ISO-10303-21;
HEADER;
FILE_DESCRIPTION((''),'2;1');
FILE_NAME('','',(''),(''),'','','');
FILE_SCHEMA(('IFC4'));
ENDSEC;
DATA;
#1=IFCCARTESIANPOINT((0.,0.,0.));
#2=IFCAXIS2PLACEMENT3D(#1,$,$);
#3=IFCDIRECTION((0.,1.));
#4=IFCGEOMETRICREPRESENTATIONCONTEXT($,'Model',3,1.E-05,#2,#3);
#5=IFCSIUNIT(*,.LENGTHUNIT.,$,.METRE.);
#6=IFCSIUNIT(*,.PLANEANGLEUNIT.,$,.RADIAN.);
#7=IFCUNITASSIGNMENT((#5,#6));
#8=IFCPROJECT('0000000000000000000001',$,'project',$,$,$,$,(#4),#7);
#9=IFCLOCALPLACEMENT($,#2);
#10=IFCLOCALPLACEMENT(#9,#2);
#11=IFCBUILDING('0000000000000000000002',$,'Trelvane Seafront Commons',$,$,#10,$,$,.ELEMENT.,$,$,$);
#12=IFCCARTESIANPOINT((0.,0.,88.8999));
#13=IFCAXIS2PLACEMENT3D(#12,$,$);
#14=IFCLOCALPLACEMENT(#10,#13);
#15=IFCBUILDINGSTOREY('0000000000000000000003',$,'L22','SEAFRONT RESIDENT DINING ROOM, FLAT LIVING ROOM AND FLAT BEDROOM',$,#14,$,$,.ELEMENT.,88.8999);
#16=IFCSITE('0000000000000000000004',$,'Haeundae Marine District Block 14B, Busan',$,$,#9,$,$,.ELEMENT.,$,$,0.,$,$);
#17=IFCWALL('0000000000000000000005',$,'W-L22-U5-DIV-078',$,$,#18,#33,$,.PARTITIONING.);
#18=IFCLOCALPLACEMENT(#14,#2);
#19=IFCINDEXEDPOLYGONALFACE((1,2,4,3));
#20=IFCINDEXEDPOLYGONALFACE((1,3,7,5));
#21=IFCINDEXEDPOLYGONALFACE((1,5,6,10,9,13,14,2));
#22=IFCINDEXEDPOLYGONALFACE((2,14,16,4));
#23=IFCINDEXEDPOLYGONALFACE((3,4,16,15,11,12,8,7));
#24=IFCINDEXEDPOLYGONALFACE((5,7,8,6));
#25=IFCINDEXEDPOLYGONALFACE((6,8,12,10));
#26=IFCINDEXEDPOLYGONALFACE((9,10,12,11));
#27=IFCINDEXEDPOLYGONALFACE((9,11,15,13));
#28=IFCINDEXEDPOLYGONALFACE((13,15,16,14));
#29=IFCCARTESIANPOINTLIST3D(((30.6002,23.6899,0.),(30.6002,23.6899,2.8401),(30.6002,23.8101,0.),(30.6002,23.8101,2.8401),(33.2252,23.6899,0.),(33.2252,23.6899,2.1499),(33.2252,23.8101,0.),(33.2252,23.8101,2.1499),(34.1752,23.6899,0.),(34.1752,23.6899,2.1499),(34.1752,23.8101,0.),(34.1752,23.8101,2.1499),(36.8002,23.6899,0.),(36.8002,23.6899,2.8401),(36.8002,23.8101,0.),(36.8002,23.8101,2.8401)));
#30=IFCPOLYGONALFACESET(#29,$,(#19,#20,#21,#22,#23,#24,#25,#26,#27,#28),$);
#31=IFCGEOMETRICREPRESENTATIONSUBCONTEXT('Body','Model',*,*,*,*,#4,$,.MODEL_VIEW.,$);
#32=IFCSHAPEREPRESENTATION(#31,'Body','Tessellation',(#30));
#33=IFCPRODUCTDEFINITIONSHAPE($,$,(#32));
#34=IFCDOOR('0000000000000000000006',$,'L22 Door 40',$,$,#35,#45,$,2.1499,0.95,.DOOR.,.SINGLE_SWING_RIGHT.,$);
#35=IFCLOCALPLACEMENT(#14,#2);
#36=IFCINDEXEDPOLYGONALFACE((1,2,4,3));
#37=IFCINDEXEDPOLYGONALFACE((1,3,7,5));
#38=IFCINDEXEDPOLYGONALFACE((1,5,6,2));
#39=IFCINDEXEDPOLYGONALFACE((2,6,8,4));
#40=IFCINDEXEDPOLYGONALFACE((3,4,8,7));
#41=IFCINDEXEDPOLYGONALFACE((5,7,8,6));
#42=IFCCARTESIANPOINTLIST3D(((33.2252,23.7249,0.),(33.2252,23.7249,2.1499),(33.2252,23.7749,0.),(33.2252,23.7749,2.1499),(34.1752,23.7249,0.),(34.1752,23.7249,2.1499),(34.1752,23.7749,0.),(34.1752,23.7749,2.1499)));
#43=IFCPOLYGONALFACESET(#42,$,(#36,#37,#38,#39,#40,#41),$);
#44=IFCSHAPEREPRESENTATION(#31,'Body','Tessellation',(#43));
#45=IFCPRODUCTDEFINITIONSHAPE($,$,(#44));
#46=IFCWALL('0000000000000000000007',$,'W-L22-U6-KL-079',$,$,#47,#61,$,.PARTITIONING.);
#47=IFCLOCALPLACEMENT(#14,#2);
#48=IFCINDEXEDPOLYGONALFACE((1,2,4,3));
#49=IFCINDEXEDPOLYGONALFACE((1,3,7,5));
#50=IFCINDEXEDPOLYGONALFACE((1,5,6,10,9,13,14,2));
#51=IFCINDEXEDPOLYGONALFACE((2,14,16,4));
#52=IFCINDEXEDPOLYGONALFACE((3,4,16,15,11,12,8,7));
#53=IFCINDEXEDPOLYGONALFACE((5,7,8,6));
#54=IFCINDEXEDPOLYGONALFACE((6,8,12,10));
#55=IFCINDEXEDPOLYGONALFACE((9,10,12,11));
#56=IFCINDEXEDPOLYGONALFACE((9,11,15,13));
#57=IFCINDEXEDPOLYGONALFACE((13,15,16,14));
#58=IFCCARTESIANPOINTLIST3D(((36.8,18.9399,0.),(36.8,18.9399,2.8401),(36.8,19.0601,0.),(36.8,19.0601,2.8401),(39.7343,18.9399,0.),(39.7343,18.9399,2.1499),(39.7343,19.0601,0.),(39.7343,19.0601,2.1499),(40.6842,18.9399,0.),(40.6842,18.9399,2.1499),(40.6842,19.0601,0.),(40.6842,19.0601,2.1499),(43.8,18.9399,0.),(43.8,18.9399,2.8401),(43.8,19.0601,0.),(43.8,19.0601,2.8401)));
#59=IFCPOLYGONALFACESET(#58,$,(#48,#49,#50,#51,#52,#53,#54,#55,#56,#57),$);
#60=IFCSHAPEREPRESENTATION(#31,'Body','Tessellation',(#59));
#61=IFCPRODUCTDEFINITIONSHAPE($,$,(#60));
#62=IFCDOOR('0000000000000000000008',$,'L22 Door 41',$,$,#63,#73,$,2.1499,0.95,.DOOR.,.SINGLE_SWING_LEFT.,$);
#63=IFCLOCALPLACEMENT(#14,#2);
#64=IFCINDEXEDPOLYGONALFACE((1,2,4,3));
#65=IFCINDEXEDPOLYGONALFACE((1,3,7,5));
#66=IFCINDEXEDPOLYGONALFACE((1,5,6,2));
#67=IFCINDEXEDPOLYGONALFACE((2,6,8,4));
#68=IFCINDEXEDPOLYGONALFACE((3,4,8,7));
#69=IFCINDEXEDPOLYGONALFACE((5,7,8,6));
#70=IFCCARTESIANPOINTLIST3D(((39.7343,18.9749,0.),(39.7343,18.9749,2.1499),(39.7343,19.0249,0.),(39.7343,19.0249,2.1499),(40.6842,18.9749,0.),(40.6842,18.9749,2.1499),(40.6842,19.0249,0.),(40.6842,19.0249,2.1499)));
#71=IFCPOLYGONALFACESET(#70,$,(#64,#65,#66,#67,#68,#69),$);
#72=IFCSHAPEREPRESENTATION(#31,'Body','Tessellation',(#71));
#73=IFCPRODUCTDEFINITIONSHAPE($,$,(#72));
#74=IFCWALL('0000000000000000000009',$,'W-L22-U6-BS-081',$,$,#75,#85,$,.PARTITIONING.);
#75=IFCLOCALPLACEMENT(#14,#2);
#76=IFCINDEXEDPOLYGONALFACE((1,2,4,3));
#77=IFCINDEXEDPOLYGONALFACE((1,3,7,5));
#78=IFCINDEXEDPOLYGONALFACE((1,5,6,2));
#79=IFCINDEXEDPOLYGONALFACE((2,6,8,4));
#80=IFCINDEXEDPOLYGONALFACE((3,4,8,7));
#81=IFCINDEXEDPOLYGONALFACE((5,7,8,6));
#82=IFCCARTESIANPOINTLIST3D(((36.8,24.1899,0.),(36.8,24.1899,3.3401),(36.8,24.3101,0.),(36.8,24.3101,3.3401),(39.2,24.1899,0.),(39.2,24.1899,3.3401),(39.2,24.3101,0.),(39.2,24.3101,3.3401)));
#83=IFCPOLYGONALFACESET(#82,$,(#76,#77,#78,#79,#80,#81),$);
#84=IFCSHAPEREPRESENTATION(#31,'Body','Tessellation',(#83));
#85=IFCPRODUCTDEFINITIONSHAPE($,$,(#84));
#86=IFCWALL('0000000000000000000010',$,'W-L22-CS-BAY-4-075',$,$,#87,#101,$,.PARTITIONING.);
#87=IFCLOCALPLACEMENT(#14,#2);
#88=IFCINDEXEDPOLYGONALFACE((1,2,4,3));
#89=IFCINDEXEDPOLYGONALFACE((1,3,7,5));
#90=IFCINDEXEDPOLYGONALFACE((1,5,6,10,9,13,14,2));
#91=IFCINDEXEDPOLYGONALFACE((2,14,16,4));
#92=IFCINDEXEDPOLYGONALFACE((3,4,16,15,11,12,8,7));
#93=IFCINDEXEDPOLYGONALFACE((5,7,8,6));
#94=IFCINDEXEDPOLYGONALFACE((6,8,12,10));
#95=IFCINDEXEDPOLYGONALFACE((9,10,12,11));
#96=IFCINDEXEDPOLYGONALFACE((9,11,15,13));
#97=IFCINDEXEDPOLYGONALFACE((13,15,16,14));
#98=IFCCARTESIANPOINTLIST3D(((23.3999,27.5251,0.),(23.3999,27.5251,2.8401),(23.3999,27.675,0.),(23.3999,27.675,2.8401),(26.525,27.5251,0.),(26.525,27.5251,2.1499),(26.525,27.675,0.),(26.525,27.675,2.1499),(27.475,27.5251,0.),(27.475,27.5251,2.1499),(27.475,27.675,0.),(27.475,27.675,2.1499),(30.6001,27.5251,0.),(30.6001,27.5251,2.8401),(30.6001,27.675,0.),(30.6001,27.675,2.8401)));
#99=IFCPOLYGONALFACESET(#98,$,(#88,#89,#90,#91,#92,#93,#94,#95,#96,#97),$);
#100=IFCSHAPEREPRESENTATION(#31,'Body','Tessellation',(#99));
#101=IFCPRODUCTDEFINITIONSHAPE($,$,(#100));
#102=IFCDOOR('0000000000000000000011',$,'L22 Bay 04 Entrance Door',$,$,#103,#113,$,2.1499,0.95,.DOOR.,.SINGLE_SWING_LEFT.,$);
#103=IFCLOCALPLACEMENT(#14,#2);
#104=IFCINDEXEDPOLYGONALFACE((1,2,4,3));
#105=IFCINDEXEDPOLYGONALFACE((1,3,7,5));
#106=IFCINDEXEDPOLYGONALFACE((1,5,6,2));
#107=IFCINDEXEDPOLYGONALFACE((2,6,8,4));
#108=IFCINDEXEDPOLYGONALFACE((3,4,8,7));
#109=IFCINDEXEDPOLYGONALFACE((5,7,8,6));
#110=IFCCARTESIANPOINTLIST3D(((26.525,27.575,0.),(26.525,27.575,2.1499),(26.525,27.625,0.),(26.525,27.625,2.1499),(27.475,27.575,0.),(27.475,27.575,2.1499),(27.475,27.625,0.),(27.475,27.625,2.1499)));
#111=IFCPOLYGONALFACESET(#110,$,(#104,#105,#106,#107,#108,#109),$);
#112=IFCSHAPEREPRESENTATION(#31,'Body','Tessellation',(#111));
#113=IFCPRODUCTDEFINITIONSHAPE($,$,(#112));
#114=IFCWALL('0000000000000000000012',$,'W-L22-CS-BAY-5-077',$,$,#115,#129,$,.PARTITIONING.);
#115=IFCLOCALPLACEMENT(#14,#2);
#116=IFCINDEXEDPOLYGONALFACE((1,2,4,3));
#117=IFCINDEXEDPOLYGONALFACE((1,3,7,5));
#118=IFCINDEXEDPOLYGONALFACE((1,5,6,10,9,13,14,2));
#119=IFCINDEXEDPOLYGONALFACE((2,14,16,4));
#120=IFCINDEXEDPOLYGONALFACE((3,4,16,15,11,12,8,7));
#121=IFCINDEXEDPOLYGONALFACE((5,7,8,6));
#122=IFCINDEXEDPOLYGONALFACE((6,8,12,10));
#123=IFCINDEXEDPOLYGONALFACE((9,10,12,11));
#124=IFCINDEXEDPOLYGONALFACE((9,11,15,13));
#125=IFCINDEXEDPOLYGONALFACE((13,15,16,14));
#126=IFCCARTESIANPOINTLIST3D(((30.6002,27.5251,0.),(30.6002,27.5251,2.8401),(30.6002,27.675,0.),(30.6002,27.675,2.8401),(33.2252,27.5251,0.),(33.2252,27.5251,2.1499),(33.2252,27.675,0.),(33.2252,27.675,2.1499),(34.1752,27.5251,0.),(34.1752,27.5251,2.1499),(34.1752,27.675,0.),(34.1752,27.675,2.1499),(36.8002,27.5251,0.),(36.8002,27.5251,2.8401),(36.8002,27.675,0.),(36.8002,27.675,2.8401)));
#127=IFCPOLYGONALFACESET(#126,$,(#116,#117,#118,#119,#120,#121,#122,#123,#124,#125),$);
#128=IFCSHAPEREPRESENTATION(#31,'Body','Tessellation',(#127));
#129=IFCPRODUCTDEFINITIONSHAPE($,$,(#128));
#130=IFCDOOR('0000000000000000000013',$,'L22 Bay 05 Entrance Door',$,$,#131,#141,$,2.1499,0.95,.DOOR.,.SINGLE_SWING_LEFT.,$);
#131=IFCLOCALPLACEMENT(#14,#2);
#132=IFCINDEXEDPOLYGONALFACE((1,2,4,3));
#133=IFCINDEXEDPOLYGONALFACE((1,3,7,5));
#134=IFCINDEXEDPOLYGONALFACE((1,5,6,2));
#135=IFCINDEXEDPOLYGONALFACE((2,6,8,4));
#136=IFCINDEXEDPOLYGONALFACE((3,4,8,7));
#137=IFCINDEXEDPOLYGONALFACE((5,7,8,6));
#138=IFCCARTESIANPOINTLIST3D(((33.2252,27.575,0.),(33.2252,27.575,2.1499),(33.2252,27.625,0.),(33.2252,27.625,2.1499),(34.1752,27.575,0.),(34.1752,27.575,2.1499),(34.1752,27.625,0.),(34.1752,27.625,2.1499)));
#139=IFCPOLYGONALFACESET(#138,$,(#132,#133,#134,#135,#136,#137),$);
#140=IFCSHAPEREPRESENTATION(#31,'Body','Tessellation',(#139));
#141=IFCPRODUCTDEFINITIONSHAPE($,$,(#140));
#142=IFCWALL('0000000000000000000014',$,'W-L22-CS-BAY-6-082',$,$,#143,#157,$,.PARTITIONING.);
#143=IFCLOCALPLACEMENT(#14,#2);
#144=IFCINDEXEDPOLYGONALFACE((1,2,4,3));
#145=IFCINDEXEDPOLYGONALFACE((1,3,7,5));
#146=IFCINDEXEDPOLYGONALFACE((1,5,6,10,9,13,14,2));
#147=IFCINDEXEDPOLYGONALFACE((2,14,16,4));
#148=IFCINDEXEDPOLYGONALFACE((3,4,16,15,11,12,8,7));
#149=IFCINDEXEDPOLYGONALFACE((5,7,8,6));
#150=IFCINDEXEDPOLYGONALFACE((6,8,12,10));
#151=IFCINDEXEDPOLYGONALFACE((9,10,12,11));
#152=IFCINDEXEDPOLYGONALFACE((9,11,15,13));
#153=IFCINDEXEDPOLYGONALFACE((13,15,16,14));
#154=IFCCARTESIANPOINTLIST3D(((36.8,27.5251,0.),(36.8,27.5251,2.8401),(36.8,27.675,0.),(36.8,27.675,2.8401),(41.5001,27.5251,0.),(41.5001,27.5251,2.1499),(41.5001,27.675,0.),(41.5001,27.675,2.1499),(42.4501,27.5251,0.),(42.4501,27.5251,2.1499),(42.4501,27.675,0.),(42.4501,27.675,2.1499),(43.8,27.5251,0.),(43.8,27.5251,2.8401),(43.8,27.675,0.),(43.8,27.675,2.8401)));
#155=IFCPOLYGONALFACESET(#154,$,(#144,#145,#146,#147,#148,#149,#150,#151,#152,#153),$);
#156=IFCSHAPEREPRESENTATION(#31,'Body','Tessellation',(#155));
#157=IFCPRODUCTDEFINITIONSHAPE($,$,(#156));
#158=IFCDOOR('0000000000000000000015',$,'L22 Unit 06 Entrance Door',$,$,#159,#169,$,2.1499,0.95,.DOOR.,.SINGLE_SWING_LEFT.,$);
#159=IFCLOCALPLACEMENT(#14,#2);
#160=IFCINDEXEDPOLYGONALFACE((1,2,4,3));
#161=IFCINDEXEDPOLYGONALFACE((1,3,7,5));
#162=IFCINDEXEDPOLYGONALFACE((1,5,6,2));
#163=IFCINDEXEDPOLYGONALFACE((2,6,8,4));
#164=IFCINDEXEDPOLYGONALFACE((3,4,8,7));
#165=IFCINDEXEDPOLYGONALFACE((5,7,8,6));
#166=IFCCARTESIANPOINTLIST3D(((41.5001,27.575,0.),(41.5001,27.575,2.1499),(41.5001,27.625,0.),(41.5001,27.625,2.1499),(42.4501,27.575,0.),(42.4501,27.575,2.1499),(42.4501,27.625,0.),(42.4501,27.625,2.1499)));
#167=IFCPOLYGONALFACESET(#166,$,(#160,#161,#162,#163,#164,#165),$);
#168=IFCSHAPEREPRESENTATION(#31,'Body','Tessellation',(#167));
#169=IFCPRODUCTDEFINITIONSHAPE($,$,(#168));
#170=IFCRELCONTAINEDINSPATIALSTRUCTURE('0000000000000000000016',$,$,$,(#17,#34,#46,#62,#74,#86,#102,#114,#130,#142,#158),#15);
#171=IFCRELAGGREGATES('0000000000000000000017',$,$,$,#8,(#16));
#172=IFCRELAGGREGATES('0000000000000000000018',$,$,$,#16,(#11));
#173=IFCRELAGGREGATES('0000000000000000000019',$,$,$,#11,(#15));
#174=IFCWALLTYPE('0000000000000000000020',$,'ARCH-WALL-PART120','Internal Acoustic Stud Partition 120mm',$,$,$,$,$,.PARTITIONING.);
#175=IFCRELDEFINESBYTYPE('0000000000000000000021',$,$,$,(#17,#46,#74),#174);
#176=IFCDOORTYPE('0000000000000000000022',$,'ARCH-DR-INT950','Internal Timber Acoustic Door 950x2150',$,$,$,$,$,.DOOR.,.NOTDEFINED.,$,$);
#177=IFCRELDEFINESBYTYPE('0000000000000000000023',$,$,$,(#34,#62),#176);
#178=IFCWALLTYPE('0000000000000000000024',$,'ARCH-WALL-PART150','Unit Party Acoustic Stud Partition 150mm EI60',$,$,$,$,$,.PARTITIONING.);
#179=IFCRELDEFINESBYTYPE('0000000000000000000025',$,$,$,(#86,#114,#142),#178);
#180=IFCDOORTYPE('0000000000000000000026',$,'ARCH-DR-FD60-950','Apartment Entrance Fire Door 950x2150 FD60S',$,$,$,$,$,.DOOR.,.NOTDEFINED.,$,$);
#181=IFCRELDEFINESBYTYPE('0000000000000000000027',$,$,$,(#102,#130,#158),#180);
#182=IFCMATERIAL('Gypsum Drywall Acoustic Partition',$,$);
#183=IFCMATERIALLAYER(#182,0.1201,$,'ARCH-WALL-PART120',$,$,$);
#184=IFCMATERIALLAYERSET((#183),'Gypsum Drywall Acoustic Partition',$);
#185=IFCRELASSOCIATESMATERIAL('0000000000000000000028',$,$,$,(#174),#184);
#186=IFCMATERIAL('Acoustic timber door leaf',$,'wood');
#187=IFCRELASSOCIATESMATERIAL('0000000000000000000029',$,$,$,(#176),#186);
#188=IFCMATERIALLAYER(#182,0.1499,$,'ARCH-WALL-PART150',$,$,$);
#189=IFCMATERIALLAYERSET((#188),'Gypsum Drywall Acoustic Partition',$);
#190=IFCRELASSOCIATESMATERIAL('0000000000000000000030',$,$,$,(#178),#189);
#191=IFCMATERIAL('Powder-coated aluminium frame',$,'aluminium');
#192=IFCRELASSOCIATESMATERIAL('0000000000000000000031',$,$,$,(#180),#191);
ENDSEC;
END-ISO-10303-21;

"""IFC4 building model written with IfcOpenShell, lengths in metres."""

from ifc_helpers import new_model, si_unit, direction, frame, frame_2d, origin, place, context, subcontext, project, spatial, rectangle, extrude, source, transform, mapped, material, layer, layer_set, type_object, element, fill, save


model = new_model("IFC4")

# Units and contexts
model_context = context("Model", 3, precision=1e-05, world=origin(), true_north=direction((0.0, 1.0)))
body_context = subcontext(model_context, "Body", "Model", "MODEL_VIEW")
ifc_project = project(units=[si_unit("LENGTHUNIT", "METRE"), si_unit("PLANEANGLEUNIT", "RADIAN")], contexts=[model_context])

# Site, building, storey
site_placement = place(None, origin())
site = spatial("IfcSite", under=ifc_project, at=site_placement, Name="Haeundae Marine District Block 14B, Busan", CompositionType="ELEMENT", RefElevation=0.0)
building_placement = place(site_placement, origin())
building = spatial("IfcBuilding", under=site, at=building_placement, Name="Trelvane Seafront Commons", CompositionType="ELEMENT")
storey_placement = place(building_placement, frame((0.0, 0.0, 88.8999)))
storey = spatial("IfcBuildingStorey", under=building, at=storey_placement, Name="L22", Description="SEAFRONT RESIDENT DINING ROOM, FLAT LIVING ROOM AND FLAT BEDROOM", CompositionType="ELEMENT", Elevation=88.8999)

# Shared definitions
ifc_material_1 = material(Name="Gypsum Drywall Acoustic Partition")
ifc_layer_1 = layer(ifc_material_1, 0.1201, Name="ARCH-WALL-PART120")
ifc_layer_set_1 = layer_set([ifc_layer_1], Name="Gypsum Drywall Acoustic Partition")
wall_type_1 = type_object("IfcWallType", Name="ARCH-WALL-PART120", Description="Internal Acoustic Stud Partition 120mm", PredefinedType="PARTITIONING", material=ifc_layer_set_1)

# Walls, openings, doors
ifc_material_2 = material(Name="Acoustic timber door leaf", Category="wood")
door_type_1 = type_object("IfcDoorType", Name="ARCH-DR-INT950", Description="Internal Timber Acoustic Door 950x2150", OperationType="NOTDEFINED", PredefinedType="DOOR", material=ifc_material_2)
shared_shape_1 = source(origin(), body_context, "Body", "SweptSolid", [
    extrude(rectangle(XDim=0.95, YDim=2.1499, at=frame_2d((0.4751, 1.075))), frame((0.0, 0.0249, 0.0), z_axis=(0.0, -1.0, 0.0), x_axis=(1.0, 0.0, 0.0)), (0.0, 0.0, 1.0), 0.05),
])
wall_1_placement = place(storey_placement, frame((30.6001, 23.75, 0.0), z_axis=(0.0, 0.0, 1.0), x_axis=(1.0, 0.0, 0.0)))
wall_1 = element("IfcWall", 1, at=wall_1_placement, inside=storey, type_object=wall_type_1, Name="W-L22-U5-DIV-078", PredefinedType="PARTITIONING", context=body_context, shape_type="SweptSolid", body=[
    extrude(rectangle(XDim=6.2, YDim=0.1201, at=frame_2d((3.1001, 0.0))), origin(), (0.0, 0.0, 1.0), 2.8401),
])
opening_1_placement = place(wall_1_placement, frame((2.625, 0.0, 0.0)))
opening_1 = element("IfcOpeningElement", 2, at=opening_1_placement, cuts=wall_1, PredefinedType="OPENING", context=body_context, shape_type="SweptSolid", body=[
    extrude(rectangle(XDim=0.95, YDim=2.1499, at=frame_2d((0.4751, 1.075))), frame((0.0, 0.0701, 0.0), z_axis=(0.0, -1.0, 0.0), x_axis=(1.0, 0.0, 0.0)), (0.0, 0.0, 1.0), 0.1401),
])
door_1_placement = place(opening_1_placement, origin())
door_1 = element("IfcDoor", 3, at=door_1_placement, inside=storey, type_object=door_type_1, Name="L22 Door 40", OperationType="SINGLE_SWING_RIGHT", OverallHeight=2.1499, OverallWidth=0.95, PredefinedType="DOOR", context=body_context, shape_type="MappedRepresentation", body=[
    mapped(shared_shape_1, transform((0.0, 0.0, 0.0), x_axis=(1.0, 0.0, 0.0), y_axis=(0.0, 1.0, 0.0), z_axis=(0.0, 0.0, 1.0), scale=1.0)),
])
fill(opening_1, door_1)
wall_2_placement = place(storey_placement, frame((36.8, 19.0, 0.0), z_axis=(0.0, 0.0, 1.0), x_axis=(1.0, 0.0, 0.0)))
wall_2 = element("IfcWall", 4, at=wall_2_placement, inside=storey, type_object=wall_type_1, Name="W-L22-U6-KL-079", PredefinedType="PARTITIONING", context=body_context, shape_type="SweptSolid", body=[
    extrude(rectangle(XDim=7.0, YDim=0.1201, at=frame_2d((3.5, 0.0))), origin(), (0.0, 0.0, 1.0), 2.8401),
])
opening_2_placement = place(wall_2_placement, frame((2.9341, 0.0, 0.0)))
opening_2 = element("IfcOpeningElement", 5, at=opening_2_placement, cuts=wall_2, PredefinedType="OPENING", context=body_context, shape_type="SweptSolid", body=[
    extrude(rectangle(XDim=0.95, YDim=2.1499, at=frame_2d((0.4751, 1.075))), frame((0.0, 0.0701, 0.0), z_axis=(0.0, -1.0, 0.0), x_axis=(1.0, 0.0, 0.0)), (0.0, 0.0, 1.0), 0.1401),
])
door_2_placement = place(opening_2_placement, origin())
door_2 = element("IfcDoor", 6, at=door_2_placement, inside=storey, type_object=door_type_1, Name="L22 Door 41", OperationType="SINGLE_SWING_LEFT", OverallHeight=2.1499, OverallWidth=0.95, PredefinedType="DOOR", context=body_context, shape_type="MappedRepresentation", body=[
    mapped(shared_shape_1, transform((0.0, 0.0, 0.0), x_axis=(1.0, 0.0, 0.0), y_axis=(0.0, 1.0, 0.0), z_axis=(0.0, 0.0, 1.0), scale=1.0)),
])
fill(opening_2, door_2)

# Wall
wall_3_placement = place(storey_placement, frame((36.8, 24.25, 0.0), z_axis=(0.0, 0.0, 1.0), x_axis=(1.0, 0.0, 0.0)))
element("IfcWall", 7, at=wall_3_placement, inside=storey, type_object=wall_type_1, Name="W-L22-U6-BS-081", PredefinedType="PARTITIONING", context=body_context, shape_type="SweptSolid", body=[
    extrude(rectangle(XDim=2.3999, YDim=0.1201, at=frame_2d((1.2, 0.0))), origin(), (0.0, 0.0, 1.0), 3.3401),
])

# Walls, openings, doors
ifc_layer_2 = layer(ifc_material_1, 0.1499, Name="ARCH-WALL-PART150")
ifc_layer_set_2 = layer_set([ifc_layer_2], Name="Gypsum Drywall Acoustic Partition")
wall_type_2 = type_object("IfcWallType", Name="ARCH-WALL-PART150", Description="Unit Party Acoustic Stud Partition 150mm EI60", PredefinedType="PARTITIONING", material=ifc_layer_set_2)
wall_4_placement = place(storey_placement, frame((23.3999, 27.6001, 0.0), z_axis=(0.0, 0.0, 1.0), x_axis=(1.0, 0.0, 0.0)))
wall_4 = element("IfcWall", 8, at=wall_4_placement, inside=storey, type_object=wall_type_2, Name="W-L22-CS-BAY-4-075", PredefinedType="PARTITIONING", context=body_context, shape_type="SweptSolid", body=[
    extrude(rectangle(XDim=7.2002, YDim=0.1499, at=frame_2d((3.6001, 0.0))), origin(), (0.0, 0.0, 1.0), 2.8401),
])
opening_3_placement = place(wall_4_placement, frame((3.125, 0.0, 0.0)))
opening_3 = element("IfcOpeningElement", 9, at=opening_3_placement, cuts=wall_4, PredefinedType="OPENING", context=body_context, shape_type="SweptSolid", body=[
    extrude(rectangle(XDim=0.95, YDim=2.1499, at=frame_2d((0.4751, 1.075))), frame((0.0, 0.085, 0.0), z_axis=(0.0, -1.0, 0.0), x_axis=(1.0, 0.0, 0.0)), (0.0, 0.0, 1.0), 0.1699),
])
ifc_material_3 = material(Name="Powder-coated aluminium frame", Category="aluminium")
door_type_2 = type_object("IfcDoorType", Name="ARCH-DR-FD60-950", Description="Apartment Entrance Fire Door 950x2150 FD60S", OperationType="NOTDEFINED", PredefinedType="DOOR", material=ifc_material_3)
door_3_placement = place(opening_3_placement, origin())
door_3 = element("IfcDoor", 10, at=door_3_placement, inside=storey, type_object=door_type_2, Name="L22 Bay 04 Entrance Door", OperationType="SINGLE_SWING_LEFT", OverallHeight=2.1499, OverallWidth=0.95, PredefinedType="DOOR", context=body_context, shape_type="MappedRepresentation", body=[
    mapped(shared_shape_1, transform((0.0, 0.0, 0.0), x_axis=(1.0, 0.0, 0.0), y_axis=(0.0, 1.0, 0.0), z_axis=(0.0, 0.0, 1.0), scale=1.0)),
])
fill(opening_3, door_3)
wall_5_placement = place(storey_placement, frame((30.6001, 27.6001, 0.0), z_axis=(0.0, 0.0, 1.0), x_axis=(1.0, 0.0, 0.0)))
wall_5 = element("IfcWall", 11, at=wall_5_placement, inside=storey, type_object=wall_type_2, Name="W-L22-CS-BAY-5-077", PredefinedType="PARTITIONING", context=body_context, shape_type="SweptSolid", body=[
    extrude(rectangle(XDim=6.2, YDim=0.1499, at=frame_2d((3.1001, 0.0))), origin(), (0.0, 0.0, 1.0), 2.8401),
])
opening_4_placement = place(wall_5_placement, frame((2.625, 0.0, 0.0)))
opening_4 = element("IfcOpeningElement", 12, at=opening_4_placement, cuts=wall_5, PredefinedType="OPENING", context=body_context, shape_type="SweptSolid", body=[
    extrude(rectangle(XDim=0.95, YDim=2.1499, at=frame_2d((0.4751, 1.075))), frame((0.0, 0.085, 0.0), z_axis=(0.0, -1.0, 0.0), x_axis=(1.0, 0.0, 0.0)), (0.0, 0.0, 1.0), 0.1699),
])
door_4_placement = place(opening_4_placement, origin())
door_4 = element("IfcDoor", 13, at=door_4_placement, inside=storey, type_object=door_type_2, Name="L22 Bay 05 Entrance Door", OperationType="SINGLE_SWING_LEFT", OverallHeight=2.1499, OverallWidth=0.95, PredefinedType="DOOR", context=body_context, shape_type="MappedRepresentation", body=[
    mapped(shared_shape_1, transform((0.0, 0.0, 0.0), x_axis=(1.0, 0.0, 0.0), y_axis=(0.0, 1.0, 0.0), z_axis=(0.0, 0.0, 1.0), scale=1.0)),
])
fill(opening_4, door_4)
wall_6_placement = place(storey_placement, frame((36.8, 27.6001, 0.0), z_axis=(0.0, 0.0, 1.0), x_axis=(1.0, 0.0, 0.0)))
wall_6 = element("IfcWall", 14, at=wall_6_placement, inside=storey, type_object=wall_type_2, Name="W-L22-CS-BAY-6-082", PredefinedType="PARTITIONING", context=body_context, shape_type="SweptSolid", body=[
    extrude(rectangle(XDim=7.0, YDim=0.1499, at=frame_2d((3.5, 0.0))), origin(), (0.0, 0.0, 1.0), 2.8401),
])
opening_5_placement = place(wall_6_placement, frame((4.7, 0.0, 0.0)))
opening_5 = element("IfcOpeningElement", 15, at=opening_5_placement, cuts=wall_6, PredefinedType="OPENING", context=body_context, shape_type="SweptSolid", body=[
    extrude(rectangle(XDim=0.95, YDim=2.1499, at=frame_2d((0.4751, 1.075))), frame((0.0, 0.085, 0.0), z_axis=(0.0, -1.0, 0.0), x_axis=(1.0, 0.0, 0.0)), (0.0, 0.0, 1.0), 0.1699),
])
door_5_placement = place(opening_5_placement, origin())
door_5 = element("IfcDoor", 16, at=door_5_placement, inside=storey, type_object=door_type_2, Name="L22 Unit 06 Entrance Door", OperationType="SINGLE_SWING_LEFT", OverallHeight=2.1499, OverallWidth=0.95, PredefinedType="DOOR", context=body_context, shape_type="MappedRepresentation", body=[
    mapped(shared_shape_1, transform((0.0, 0.0, 0.0), x_axis=(1.0, 0.0, 0.0), y_axis=(0.0, 1.0, 0.0), z_axis=(0.0, 0.0, 1.0), scale=1.0)),
])
fill(opening_5, door_5)

save(model, "model.ifc")
